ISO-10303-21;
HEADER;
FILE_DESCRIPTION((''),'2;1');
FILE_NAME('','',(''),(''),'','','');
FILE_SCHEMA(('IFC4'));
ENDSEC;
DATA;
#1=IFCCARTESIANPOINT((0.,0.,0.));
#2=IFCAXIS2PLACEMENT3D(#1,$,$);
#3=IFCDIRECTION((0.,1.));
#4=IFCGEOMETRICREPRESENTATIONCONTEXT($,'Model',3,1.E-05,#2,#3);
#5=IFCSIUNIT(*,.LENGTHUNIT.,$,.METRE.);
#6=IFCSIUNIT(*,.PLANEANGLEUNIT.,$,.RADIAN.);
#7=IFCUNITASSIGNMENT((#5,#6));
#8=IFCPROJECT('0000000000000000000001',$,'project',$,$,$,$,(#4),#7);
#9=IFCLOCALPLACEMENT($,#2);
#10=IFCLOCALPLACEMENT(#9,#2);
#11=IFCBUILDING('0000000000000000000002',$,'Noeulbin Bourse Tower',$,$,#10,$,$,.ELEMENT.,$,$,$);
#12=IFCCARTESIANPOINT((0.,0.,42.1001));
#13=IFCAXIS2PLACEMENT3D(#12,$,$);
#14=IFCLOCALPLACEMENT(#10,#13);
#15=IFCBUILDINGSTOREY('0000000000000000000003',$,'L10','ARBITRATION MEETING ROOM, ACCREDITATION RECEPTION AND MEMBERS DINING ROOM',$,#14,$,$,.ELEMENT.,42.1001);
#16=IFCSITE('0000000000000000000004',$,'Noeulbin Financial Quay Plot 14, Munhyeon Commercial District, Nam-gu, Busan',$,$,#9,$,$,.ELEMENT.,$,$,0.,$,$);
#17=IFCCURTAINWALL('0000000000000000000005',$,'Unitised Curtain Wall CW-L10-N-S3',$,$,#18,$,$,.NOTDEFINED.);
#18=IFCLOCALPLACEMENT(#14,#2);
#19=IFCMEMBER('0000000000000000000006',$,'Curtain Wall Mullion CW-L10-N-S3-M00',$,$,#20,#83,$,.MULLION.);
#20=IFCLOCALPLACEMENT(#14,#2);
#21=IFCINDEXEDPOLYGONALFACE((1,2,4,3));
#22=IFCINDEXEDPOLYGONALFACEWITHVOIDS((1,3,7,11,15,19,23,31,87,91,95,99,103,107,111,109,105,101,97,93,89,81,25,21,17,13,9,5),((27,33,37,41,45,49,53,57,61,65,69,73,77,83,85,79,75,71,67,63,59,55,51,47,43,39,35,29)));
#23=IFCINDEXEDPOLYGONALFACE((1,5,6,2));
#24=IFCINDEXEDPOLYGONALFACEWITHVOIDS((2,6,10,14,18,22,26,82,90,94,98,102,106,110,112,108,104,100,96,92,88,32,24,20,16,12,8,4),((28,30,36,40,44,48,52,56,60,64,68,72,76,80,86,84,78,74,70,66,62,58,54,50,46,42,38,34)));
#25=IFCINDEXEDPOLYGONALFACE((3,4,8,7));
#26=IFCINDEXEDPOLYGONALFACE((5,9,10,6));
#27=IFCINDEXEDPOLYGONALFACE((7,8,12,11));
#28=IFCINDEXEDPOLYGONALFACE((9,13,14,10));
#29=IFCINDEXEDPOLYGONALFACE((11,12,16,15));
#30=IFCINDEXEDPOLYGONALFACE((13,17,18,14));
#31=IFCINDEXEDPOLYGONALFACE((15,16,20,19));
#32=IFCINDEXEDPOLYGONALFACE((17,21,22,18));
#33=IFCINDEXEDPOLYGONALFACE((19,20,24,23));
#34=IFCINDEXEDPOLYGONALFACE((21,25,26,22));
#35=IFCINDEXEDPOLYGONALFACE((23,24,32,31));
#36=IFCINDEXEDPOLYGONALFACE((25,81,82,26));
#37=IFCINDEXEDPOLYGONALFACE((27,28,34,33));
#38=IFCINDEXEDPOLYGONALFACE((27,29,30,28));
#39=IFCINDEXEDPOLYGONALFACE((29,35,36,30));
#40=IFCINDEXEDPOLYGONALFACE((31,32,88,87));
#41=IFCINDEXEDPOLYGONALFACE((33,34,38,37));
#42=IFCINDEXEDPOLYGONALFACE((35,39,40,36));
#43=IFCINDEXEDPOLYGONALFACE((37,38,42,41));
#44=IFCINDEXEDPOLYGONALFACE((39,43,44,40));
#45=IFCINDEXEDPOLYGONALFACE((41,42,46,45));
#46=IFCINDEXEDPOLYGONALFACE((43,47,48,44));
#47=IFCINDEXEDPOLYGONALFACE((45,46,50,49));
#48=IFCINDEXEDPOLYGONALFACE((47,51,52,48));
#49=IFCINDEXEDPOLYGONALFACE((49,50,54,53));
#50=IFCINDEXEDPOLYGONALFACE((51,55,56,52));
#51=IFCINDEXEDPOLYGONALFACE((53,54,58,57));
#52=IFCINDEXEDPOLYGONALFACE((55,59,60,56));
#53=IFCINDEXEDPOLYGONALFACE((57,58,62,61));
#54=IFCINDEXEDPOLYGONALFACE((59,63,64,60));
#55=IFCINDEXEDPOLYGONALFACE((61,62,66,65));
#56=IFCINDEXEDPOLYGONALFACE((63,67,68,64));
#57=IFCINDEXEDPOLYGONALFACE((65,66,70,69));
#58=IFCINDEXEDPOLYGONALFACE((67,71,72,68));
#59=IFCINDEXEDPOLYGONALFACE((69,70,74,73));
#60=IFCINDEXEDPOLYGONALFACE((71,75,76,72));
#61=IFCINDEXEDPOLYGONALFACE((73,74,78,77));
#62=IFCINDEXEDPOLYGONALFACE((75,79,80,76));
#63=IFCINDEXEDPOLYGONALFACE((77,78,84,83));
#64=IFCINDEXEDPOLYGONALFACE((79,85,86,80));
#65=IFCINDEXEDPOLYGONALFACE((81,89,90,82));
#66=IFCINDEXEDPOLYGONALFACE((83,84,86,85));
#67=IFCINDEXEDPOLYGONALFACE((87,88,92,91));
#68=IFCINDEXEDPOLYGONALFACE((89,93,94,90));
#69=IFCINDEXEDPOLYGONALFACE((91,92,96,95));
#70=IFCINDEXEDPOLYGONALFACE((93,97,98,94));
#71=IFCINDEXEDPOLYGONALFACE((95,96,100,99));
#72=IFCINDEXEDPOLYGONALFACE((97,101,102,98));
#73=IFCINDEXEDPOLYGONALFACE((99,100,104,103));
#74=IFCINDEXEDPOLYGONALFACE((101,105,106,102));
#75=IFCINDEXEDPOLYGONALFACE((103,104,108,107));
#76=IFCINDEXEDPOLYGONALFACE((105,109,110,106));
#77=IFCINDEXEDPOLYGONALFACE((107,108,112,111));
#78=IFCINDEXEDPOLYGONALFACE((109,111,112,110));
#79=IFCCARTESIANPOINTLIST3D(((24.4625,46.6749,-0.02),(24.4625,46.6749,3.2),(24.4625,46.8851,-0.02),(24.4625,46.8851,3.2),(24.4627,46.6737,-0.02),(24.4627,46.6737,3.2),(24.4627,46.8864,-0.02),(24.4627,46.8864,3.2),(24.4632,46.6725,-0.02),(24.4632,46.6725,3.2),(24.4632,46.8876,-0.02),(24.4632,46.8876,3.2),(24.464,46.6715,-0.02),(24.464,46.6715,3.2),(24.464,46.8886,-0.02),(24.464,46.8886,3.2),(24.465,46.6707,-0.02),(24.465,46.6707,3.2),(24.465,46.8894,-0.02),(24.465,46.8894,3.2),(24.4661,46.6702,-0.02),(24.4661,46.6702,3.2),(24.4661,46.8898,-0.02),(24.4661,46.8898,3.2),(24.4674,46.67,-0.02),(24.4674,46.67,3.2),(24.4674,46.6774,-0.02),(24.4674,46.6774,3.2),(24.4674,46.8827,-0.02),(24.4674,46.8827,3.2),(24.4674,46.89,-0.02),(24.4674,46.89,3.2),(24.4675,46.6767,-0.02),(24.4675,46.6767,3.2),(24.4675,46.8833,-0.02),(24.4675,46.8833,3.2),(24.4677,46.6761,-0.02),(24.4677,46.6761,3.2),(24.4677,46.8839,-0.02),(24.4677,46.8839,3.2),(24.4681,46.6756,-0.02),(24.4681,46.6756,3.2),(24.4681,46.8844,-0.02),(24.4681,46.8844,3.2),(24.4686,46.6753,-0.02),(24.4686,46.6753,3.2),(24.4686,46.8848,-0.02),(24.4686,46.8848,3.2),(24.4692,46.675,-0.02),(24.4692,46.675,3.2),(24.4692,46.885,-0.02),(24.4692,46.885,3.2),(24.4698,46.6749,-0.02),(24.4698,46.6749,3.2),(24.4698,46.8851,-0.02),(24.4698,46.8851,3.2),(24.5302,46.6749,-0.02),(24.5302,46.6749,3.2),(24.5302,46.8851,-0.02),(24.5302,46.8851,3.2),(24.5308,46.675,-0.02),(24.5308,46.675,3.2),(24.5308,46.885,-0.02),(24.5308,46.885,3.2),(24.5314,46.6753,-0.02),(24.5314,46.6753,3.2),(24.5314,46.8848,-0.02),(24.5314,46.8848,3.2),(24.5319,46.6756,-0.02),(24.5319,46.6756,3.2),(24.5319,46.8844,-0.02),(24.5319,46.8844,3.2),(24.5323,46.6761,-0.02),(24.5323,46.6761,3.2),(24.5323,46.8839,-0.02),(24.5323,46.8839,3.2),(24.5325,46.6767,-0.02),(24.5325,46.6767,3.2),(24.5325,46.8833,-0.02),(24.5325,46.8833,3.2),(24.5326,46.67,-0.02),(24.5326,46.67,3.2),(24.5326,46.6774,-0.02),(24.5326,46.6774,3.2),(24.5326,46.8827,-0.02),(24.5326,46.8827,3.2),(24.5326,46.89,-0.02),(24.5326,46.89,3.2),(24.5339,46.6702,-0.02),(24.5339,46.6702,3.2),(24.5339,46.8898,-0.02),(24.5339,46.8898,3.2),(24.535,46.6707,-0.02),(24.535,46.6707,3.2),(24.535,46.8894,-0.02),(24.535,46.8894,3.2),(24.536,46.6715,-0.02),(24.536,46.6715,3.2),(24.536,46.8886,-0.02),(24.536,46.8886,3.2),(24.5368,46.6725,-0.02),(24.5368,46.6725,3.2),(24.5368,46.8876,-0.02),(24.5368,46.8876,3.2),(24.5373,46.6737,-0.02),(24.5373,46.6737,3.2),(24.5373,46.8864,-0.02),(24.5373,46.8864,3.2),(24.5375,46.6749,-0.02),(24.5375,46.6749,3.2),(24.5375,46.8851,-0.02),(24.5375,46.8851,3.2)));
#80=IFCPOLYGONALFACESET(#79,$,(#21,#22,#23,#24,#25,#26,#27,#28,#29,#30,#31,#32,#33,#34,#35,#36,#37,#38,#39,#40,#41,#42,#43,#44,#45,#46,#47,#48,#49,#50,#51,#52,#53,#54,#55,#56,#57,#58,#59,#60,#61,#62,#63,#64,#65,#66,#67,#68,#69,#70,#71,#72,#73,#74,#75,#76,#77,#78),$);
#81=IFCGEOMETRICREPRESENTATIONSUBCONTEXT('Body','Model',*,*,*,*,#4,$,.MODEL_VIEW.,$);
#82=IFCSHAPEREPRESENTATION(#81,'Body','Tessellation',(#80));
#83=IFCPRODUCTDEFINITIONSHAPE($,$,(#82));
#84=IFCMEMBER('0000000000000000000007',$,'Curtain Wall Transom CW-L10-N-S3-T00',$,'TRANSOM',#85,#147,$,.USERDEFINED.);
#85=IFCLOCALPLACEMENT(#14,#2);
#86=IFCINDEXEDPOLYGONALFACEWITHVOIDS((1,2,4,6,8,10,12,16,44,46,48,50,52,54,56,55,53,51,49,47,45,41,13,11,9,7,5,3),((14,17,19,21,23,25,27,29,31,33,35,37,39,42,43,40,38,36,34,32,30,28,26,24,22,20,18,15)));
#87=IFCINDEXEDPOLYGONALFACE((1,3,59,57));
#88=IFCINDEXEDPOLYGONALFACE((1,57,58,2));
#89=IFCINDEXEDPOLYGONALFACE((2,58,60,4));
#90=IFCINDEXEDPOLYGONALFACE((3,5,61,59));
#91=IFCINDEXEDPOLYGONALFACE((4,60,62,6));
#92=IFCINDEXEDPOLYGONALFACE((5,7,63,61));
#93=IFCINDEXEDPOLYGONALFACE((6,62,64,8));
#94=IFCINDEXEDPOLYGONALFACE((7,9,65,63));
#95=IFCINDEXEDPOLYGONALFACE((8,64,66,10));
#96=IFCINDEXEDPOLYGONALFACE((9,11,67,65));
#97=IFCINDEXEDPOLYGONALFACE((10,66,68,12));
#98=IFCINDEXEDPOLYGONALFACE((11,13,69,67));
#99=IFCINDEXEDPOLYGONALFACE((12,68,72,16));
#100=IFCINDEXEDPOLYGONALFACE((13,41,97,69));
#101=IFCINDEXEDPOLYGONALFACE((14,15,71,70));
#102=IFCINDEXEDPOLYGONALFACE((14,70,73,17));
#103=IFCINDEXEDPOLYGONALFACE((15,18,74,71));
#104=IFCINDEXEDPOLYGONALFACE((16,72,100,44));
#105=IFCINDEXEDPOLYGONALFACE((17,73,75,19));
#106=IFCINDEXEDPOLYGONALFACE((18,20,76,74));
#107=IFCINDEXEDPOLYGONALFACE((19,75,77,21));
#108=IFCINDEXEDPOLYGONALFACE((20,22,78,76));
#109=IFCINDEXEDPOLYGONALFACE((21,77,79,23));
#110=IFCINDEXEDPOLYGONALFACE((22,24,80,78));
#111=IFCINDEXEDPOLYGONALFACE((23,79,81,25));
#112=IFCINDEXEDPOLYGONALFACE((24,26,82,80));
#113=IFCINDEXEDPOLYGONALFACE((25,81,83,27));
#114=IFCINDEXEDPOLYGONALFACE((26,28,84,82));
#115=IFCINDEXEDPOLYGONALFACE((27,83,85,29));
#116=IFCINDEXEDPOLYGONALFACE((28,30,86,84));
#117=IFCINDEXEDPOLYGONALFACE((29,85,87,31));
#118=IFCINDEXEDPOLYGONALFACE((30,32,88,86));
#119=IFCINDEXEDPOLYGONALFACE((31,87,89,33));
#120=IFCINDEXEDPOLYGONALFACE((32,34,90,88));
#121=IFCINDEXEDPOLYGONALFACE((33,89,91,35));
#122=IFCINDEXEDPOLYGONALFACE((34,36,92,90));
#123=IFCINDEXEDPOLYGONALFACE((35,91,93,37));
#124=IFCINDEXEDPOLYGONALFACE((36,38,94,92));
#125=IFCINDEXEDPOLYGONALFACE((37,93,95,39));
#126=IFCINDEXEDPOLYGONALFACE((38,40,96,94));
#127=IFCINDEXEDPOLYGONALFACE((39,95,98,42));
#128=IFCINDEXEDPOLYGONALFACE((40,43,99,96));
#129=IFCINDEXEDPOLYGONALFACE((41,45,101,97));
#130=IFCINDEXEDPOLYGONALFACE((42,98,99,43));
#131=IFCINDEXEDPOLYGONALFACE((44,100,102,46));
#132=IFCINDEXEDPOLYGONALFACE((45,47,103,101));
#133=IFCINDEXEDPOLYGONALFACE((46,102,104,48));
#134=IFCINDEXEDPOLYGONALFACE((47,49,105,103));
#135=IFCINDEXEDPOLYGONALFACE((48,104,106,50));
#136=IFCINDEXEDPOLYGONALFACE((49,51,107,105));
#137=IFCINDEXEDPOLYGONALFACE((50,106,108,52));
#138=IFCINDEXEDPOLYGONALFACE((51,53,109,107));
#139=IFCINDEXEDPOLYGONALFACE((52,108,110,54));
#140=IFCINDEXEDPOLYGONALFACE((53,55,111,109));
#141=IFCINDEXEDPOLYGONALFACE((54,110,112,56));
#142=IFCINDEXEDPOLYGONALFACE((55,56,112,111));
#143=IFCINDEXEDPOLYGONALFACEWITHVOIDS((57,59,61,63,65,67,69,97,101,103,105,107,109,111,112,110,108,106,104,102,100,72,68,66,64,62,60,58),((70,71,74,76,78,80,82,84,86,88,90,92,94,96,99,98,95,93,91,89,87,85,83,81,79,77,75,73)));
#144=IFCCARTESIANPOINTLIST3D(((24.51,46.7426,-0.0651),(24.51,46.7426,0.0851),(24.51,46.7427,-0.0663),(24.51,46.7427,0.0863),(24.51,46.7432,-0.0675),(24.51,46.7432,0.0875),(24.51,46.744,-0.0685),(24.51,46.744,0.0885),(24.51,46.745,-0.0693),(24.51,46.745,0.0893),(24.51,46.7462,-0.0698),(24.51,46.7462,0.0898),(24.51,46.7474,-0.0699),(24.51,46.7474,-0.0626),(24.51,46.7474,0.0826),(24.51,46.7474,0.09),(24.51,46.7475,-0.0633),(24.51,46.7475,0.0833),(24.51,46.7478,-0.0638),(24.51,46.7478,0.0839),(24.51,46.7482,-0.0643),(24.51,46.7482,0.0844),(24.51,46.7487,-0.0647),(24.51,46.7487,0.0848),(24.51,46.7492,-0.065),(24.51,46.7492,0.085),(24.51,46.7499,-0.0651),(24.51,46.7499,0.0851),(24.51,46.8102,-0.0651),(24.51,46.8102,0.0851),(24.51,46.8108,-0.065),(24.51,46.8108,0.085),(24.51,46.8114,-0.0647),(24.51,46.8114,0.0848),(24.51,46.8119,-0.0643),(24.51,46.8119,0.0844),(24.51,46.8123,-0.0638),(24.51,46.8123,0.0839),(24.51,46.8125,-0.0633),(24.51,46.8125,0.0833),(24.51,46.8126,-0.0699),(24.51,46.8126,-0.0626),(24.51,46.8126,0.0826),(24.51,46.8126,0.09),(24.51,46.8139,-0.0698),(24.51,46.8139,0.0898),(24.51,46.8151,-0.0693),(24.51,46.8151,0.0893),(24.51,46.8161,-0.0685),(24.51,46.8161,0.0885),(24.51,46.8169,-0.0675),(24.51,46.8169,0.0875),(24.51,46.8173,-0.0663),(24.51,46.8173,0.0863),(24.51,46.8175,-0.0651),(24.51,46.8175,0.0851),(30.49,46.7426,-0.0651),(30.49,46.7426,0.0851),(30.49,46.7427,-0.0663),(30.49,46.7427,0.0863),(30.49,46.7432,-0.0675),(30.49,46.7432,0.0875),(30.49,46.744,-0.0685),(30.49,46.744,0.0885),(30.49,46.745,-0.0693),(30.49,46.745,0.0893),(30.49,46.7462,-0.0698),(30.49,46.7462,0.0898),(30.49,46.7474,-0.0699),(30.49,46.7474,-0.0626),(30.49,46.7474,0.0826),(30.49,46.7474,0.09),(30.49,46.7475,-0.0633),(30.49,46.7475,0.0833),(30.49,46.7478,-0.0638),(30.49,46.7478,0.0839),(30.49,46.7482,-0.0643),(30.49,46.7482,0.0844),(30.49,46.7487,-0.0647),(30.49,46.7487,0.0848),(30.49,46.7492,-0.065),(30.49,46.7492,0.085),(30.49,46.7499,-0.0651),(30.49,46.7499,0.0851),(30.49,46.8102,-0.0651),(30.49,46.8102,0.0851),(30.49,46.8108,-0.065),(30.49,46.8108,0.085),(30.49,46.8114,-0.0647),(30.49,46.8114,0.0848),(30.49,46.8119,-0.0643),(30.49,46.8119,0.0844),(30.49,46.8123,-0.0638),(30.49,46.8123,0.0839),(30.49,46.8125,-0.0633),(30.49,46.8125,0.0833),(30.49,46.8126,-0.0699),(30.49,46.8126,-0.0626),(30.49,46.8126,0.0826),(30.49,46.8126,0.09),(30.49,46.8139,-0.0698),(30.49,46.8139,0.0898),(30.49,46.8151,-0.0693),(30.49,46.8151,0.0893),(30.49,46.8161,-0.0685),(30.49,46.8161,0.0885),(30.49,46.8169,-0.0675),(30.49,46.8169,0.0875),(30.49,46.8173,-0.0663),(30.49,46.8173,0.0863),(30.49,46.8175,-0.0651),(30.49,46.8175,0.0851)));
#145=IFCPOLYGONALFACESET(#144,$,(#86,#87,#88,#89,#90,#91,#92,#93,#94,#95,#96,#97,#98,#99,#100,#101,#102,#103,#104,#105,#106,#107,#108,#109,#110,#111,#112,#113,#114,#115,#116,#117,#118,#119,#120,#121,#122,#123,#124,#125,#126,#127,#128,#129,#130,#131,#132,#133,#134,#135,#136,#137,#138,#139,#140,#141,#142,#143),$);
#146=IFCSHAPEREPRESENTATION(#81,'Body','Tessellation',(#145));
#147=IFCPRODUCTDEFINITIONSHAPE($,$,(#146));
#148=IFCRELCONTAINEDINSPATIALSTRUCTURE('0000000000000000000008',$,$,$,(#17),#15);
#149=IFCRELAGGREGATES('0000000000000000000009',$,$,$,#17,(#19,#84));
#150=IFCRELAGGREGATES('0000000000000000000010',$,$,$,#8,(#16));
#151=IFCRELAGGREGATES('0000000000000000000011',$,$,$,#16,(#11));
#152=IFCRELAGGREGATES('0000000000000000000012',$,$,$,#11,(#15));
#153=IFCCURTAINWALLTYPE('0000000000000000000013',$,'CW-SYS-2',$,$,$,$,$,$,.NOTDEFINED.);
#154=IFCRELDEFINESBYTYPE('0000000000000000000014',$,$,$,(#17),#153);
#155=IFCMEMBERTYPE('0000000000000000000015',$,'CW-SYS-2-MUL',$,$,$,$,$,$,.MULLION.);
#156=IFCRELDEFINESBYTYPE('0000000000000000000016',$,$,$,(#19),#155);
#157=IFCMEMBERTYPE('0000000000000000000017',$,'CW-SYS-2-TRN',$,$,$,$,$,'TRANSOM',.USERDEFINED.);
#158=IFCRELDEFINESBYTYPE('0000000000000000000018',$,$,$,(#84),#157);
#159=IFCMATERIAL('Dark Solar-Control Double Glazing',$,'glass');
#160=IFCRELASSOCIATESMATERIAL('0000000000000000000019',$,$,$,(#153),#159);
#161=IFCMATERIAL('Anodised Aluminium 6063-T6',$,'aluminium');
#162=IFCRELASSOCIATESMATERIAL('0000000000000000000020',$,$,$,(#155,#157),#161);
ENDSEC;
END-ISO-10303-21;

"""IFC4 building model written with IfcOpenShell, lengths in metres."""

from ifc_helpers import new_model, si_unit, direction, frame, origin, origin_2d, place, context, subcontext, project, spatial, hollow_rectangle, extrude, material, material_profile, profile_set, type_object, element, aggregate, save


model = new_model("IFC4")

# Units and contexts
model_context = context("Model", 3, precision=1e-05, world=origin(), true_north=direction((0.0, 1.0)))
body_context = subcontext(model_context, "Body", "Model", "MODEL_VIEW")
ifc_project = project(units=[si_unit("LENGTHUNIT", "METRE"), si_unit("PLANEANGLEUNIT", "RADIAN")], contexts=[model_context])

# Site, building, storey
site_placement = place(None, origin())
site = spatial("IfcSite", under=ifc_project, at=site_placement, Name="Noeulbin Financial Quay Plot 14, Munhyeon Commercial District, Nam-gu, Busan", CompositionType="ELEMENT", RefElevation=0.0)
building_placement = place(site_placement, origin())
building = spatial("IfcBuilding", under=site, at=building_placement, Name="Noeulbin Bourse Tower", CompositionType="ELEMENT")
storey_placement = place(building_placement, frame((0.0, 0.0, 42.1001)))
storey = spatial("IfcBuildingStorey", under=building, at=storey_placement, Name="L10", Description="ARBITRATION MEETING ROOM, ACCREDITATION RECEPTION AND MEMBERS DINING ROOM", CompositionType="ELEMENT", Elevation=42.1001)

# Curtain wall, members
ifc_material_1 = material(Name="Dark Solar-Control Double Glazing", Category="glass")
curtain_wall_type = type_object("IfcCurtainWallType", Name="CW-SYS-2", PredefinedType="NOTDEFINED", material=ifc_material_1)
ifc_material_2 = material(Name="Anodised Aluminium 6063-T6", Category="aluminium")
ifc_material_profile_1 = material_profile(ifc_material_2, hollow_rectangle(XDim=0.075, YDim=0.22, WallThickness=0.0049, InnerFilletRadius=0.0024, OuterFilletRadius=0.0049, at=origin_2d()), Name="ALU-MULL-75x220x5", Category="LoadBearing")
ifc_profile_set_1 = profile_set([ifc_material_profile_1], Name="Anodised Aluminium 6063-T6")
member_type_1 = type_object("IfcMemberType", Name="CW-SYS-2-MUL", PredefinedType="MULLION", material=ifc_profile_set_1)
curtain_wall_1_placement = place(storey_placement, origin())
curtain_wall_1 = element("IfcCurtainWall", 1, at=curtain_wall_1_placement, inside=storey, type_object=curtain_wall_type, Name="Unitised Curtain Wall CW-L10-N-S3", PredefinedType="NOTDEFINED")
member_1_placement = place(storey_placement, frame((24.5, 46.78, -0.02), z_axis=(0.0, 0.0, 1.0), x_axis=(1.0, 0.0, 0.0)))
member_1 = element("IfcMember", 2, at=member_1_placement, type_object=member_type_1, Name="Curtain Wall Mullion CW-L10-N-S3-M00", PredefinedType="MULLION", context=body_context, shape_type="SweptSolid", body=[
    extrude(hollow_rectangle(XDim=0.075, YDim=0.22, WallThickness=0.0049, InnerFilletRadius=0.0024, OuterFilletRadius=0.0049, at=origin_2d()), origin(), (0.0, 0.0, 1.0), 3.22),
])
ifc_material_profile_2 = material_profile(ifc_material_2, hollow_rectangle(XDim=0.075, YDim=0.1599, WallThickness=0.0049, InnerFilletRadius=0.0024, OuterFilletRadius=0.0049, at=origin_2d()), Name="ALU-TRAN-75x160x5", Category="LoadBearing")
ifc_profile_set_2 = profile_set([ifc_material_profile_2], Name="Anodised Aluminium 6063-T6")
member_type_2 = type_object("IfcMemberType", Name="CW-SYS-2-TRN", ElementType="TRANSOM", PredefinedType="USERDEFINED", material=ifc_profile_set_2)
member_2_placement = place(storey_placement, frame((24.51, 46.78, 0.01), z_axis=(1.0, 0.0, 0.0), x_axis=(0.0, 1.0, 0.0)))
member_2 = element("IfcMember", 3, at=member_2_placement, type_object=member_type_2, Name="Curtain Wall Transom CW-L10-N-S3-T00", ObjectType="TRANSOM", PredefinedType="USERDEFINED", context=body_context, shape_type="SweptSolid", body=[
    extrude(hollow_rectangle(XDim=0.075, YDim=0.1599, WallThickness=0.0049, InnerFilletRadius=0.0024, OuterFilletRadius=0.0049, at=origin_2d()), origin(), (0.0, 0.0, 1.0), 5.98),
])

aggregate(curtain_wall_1, [member_1, member_2])

save(model, "model.ifc")
